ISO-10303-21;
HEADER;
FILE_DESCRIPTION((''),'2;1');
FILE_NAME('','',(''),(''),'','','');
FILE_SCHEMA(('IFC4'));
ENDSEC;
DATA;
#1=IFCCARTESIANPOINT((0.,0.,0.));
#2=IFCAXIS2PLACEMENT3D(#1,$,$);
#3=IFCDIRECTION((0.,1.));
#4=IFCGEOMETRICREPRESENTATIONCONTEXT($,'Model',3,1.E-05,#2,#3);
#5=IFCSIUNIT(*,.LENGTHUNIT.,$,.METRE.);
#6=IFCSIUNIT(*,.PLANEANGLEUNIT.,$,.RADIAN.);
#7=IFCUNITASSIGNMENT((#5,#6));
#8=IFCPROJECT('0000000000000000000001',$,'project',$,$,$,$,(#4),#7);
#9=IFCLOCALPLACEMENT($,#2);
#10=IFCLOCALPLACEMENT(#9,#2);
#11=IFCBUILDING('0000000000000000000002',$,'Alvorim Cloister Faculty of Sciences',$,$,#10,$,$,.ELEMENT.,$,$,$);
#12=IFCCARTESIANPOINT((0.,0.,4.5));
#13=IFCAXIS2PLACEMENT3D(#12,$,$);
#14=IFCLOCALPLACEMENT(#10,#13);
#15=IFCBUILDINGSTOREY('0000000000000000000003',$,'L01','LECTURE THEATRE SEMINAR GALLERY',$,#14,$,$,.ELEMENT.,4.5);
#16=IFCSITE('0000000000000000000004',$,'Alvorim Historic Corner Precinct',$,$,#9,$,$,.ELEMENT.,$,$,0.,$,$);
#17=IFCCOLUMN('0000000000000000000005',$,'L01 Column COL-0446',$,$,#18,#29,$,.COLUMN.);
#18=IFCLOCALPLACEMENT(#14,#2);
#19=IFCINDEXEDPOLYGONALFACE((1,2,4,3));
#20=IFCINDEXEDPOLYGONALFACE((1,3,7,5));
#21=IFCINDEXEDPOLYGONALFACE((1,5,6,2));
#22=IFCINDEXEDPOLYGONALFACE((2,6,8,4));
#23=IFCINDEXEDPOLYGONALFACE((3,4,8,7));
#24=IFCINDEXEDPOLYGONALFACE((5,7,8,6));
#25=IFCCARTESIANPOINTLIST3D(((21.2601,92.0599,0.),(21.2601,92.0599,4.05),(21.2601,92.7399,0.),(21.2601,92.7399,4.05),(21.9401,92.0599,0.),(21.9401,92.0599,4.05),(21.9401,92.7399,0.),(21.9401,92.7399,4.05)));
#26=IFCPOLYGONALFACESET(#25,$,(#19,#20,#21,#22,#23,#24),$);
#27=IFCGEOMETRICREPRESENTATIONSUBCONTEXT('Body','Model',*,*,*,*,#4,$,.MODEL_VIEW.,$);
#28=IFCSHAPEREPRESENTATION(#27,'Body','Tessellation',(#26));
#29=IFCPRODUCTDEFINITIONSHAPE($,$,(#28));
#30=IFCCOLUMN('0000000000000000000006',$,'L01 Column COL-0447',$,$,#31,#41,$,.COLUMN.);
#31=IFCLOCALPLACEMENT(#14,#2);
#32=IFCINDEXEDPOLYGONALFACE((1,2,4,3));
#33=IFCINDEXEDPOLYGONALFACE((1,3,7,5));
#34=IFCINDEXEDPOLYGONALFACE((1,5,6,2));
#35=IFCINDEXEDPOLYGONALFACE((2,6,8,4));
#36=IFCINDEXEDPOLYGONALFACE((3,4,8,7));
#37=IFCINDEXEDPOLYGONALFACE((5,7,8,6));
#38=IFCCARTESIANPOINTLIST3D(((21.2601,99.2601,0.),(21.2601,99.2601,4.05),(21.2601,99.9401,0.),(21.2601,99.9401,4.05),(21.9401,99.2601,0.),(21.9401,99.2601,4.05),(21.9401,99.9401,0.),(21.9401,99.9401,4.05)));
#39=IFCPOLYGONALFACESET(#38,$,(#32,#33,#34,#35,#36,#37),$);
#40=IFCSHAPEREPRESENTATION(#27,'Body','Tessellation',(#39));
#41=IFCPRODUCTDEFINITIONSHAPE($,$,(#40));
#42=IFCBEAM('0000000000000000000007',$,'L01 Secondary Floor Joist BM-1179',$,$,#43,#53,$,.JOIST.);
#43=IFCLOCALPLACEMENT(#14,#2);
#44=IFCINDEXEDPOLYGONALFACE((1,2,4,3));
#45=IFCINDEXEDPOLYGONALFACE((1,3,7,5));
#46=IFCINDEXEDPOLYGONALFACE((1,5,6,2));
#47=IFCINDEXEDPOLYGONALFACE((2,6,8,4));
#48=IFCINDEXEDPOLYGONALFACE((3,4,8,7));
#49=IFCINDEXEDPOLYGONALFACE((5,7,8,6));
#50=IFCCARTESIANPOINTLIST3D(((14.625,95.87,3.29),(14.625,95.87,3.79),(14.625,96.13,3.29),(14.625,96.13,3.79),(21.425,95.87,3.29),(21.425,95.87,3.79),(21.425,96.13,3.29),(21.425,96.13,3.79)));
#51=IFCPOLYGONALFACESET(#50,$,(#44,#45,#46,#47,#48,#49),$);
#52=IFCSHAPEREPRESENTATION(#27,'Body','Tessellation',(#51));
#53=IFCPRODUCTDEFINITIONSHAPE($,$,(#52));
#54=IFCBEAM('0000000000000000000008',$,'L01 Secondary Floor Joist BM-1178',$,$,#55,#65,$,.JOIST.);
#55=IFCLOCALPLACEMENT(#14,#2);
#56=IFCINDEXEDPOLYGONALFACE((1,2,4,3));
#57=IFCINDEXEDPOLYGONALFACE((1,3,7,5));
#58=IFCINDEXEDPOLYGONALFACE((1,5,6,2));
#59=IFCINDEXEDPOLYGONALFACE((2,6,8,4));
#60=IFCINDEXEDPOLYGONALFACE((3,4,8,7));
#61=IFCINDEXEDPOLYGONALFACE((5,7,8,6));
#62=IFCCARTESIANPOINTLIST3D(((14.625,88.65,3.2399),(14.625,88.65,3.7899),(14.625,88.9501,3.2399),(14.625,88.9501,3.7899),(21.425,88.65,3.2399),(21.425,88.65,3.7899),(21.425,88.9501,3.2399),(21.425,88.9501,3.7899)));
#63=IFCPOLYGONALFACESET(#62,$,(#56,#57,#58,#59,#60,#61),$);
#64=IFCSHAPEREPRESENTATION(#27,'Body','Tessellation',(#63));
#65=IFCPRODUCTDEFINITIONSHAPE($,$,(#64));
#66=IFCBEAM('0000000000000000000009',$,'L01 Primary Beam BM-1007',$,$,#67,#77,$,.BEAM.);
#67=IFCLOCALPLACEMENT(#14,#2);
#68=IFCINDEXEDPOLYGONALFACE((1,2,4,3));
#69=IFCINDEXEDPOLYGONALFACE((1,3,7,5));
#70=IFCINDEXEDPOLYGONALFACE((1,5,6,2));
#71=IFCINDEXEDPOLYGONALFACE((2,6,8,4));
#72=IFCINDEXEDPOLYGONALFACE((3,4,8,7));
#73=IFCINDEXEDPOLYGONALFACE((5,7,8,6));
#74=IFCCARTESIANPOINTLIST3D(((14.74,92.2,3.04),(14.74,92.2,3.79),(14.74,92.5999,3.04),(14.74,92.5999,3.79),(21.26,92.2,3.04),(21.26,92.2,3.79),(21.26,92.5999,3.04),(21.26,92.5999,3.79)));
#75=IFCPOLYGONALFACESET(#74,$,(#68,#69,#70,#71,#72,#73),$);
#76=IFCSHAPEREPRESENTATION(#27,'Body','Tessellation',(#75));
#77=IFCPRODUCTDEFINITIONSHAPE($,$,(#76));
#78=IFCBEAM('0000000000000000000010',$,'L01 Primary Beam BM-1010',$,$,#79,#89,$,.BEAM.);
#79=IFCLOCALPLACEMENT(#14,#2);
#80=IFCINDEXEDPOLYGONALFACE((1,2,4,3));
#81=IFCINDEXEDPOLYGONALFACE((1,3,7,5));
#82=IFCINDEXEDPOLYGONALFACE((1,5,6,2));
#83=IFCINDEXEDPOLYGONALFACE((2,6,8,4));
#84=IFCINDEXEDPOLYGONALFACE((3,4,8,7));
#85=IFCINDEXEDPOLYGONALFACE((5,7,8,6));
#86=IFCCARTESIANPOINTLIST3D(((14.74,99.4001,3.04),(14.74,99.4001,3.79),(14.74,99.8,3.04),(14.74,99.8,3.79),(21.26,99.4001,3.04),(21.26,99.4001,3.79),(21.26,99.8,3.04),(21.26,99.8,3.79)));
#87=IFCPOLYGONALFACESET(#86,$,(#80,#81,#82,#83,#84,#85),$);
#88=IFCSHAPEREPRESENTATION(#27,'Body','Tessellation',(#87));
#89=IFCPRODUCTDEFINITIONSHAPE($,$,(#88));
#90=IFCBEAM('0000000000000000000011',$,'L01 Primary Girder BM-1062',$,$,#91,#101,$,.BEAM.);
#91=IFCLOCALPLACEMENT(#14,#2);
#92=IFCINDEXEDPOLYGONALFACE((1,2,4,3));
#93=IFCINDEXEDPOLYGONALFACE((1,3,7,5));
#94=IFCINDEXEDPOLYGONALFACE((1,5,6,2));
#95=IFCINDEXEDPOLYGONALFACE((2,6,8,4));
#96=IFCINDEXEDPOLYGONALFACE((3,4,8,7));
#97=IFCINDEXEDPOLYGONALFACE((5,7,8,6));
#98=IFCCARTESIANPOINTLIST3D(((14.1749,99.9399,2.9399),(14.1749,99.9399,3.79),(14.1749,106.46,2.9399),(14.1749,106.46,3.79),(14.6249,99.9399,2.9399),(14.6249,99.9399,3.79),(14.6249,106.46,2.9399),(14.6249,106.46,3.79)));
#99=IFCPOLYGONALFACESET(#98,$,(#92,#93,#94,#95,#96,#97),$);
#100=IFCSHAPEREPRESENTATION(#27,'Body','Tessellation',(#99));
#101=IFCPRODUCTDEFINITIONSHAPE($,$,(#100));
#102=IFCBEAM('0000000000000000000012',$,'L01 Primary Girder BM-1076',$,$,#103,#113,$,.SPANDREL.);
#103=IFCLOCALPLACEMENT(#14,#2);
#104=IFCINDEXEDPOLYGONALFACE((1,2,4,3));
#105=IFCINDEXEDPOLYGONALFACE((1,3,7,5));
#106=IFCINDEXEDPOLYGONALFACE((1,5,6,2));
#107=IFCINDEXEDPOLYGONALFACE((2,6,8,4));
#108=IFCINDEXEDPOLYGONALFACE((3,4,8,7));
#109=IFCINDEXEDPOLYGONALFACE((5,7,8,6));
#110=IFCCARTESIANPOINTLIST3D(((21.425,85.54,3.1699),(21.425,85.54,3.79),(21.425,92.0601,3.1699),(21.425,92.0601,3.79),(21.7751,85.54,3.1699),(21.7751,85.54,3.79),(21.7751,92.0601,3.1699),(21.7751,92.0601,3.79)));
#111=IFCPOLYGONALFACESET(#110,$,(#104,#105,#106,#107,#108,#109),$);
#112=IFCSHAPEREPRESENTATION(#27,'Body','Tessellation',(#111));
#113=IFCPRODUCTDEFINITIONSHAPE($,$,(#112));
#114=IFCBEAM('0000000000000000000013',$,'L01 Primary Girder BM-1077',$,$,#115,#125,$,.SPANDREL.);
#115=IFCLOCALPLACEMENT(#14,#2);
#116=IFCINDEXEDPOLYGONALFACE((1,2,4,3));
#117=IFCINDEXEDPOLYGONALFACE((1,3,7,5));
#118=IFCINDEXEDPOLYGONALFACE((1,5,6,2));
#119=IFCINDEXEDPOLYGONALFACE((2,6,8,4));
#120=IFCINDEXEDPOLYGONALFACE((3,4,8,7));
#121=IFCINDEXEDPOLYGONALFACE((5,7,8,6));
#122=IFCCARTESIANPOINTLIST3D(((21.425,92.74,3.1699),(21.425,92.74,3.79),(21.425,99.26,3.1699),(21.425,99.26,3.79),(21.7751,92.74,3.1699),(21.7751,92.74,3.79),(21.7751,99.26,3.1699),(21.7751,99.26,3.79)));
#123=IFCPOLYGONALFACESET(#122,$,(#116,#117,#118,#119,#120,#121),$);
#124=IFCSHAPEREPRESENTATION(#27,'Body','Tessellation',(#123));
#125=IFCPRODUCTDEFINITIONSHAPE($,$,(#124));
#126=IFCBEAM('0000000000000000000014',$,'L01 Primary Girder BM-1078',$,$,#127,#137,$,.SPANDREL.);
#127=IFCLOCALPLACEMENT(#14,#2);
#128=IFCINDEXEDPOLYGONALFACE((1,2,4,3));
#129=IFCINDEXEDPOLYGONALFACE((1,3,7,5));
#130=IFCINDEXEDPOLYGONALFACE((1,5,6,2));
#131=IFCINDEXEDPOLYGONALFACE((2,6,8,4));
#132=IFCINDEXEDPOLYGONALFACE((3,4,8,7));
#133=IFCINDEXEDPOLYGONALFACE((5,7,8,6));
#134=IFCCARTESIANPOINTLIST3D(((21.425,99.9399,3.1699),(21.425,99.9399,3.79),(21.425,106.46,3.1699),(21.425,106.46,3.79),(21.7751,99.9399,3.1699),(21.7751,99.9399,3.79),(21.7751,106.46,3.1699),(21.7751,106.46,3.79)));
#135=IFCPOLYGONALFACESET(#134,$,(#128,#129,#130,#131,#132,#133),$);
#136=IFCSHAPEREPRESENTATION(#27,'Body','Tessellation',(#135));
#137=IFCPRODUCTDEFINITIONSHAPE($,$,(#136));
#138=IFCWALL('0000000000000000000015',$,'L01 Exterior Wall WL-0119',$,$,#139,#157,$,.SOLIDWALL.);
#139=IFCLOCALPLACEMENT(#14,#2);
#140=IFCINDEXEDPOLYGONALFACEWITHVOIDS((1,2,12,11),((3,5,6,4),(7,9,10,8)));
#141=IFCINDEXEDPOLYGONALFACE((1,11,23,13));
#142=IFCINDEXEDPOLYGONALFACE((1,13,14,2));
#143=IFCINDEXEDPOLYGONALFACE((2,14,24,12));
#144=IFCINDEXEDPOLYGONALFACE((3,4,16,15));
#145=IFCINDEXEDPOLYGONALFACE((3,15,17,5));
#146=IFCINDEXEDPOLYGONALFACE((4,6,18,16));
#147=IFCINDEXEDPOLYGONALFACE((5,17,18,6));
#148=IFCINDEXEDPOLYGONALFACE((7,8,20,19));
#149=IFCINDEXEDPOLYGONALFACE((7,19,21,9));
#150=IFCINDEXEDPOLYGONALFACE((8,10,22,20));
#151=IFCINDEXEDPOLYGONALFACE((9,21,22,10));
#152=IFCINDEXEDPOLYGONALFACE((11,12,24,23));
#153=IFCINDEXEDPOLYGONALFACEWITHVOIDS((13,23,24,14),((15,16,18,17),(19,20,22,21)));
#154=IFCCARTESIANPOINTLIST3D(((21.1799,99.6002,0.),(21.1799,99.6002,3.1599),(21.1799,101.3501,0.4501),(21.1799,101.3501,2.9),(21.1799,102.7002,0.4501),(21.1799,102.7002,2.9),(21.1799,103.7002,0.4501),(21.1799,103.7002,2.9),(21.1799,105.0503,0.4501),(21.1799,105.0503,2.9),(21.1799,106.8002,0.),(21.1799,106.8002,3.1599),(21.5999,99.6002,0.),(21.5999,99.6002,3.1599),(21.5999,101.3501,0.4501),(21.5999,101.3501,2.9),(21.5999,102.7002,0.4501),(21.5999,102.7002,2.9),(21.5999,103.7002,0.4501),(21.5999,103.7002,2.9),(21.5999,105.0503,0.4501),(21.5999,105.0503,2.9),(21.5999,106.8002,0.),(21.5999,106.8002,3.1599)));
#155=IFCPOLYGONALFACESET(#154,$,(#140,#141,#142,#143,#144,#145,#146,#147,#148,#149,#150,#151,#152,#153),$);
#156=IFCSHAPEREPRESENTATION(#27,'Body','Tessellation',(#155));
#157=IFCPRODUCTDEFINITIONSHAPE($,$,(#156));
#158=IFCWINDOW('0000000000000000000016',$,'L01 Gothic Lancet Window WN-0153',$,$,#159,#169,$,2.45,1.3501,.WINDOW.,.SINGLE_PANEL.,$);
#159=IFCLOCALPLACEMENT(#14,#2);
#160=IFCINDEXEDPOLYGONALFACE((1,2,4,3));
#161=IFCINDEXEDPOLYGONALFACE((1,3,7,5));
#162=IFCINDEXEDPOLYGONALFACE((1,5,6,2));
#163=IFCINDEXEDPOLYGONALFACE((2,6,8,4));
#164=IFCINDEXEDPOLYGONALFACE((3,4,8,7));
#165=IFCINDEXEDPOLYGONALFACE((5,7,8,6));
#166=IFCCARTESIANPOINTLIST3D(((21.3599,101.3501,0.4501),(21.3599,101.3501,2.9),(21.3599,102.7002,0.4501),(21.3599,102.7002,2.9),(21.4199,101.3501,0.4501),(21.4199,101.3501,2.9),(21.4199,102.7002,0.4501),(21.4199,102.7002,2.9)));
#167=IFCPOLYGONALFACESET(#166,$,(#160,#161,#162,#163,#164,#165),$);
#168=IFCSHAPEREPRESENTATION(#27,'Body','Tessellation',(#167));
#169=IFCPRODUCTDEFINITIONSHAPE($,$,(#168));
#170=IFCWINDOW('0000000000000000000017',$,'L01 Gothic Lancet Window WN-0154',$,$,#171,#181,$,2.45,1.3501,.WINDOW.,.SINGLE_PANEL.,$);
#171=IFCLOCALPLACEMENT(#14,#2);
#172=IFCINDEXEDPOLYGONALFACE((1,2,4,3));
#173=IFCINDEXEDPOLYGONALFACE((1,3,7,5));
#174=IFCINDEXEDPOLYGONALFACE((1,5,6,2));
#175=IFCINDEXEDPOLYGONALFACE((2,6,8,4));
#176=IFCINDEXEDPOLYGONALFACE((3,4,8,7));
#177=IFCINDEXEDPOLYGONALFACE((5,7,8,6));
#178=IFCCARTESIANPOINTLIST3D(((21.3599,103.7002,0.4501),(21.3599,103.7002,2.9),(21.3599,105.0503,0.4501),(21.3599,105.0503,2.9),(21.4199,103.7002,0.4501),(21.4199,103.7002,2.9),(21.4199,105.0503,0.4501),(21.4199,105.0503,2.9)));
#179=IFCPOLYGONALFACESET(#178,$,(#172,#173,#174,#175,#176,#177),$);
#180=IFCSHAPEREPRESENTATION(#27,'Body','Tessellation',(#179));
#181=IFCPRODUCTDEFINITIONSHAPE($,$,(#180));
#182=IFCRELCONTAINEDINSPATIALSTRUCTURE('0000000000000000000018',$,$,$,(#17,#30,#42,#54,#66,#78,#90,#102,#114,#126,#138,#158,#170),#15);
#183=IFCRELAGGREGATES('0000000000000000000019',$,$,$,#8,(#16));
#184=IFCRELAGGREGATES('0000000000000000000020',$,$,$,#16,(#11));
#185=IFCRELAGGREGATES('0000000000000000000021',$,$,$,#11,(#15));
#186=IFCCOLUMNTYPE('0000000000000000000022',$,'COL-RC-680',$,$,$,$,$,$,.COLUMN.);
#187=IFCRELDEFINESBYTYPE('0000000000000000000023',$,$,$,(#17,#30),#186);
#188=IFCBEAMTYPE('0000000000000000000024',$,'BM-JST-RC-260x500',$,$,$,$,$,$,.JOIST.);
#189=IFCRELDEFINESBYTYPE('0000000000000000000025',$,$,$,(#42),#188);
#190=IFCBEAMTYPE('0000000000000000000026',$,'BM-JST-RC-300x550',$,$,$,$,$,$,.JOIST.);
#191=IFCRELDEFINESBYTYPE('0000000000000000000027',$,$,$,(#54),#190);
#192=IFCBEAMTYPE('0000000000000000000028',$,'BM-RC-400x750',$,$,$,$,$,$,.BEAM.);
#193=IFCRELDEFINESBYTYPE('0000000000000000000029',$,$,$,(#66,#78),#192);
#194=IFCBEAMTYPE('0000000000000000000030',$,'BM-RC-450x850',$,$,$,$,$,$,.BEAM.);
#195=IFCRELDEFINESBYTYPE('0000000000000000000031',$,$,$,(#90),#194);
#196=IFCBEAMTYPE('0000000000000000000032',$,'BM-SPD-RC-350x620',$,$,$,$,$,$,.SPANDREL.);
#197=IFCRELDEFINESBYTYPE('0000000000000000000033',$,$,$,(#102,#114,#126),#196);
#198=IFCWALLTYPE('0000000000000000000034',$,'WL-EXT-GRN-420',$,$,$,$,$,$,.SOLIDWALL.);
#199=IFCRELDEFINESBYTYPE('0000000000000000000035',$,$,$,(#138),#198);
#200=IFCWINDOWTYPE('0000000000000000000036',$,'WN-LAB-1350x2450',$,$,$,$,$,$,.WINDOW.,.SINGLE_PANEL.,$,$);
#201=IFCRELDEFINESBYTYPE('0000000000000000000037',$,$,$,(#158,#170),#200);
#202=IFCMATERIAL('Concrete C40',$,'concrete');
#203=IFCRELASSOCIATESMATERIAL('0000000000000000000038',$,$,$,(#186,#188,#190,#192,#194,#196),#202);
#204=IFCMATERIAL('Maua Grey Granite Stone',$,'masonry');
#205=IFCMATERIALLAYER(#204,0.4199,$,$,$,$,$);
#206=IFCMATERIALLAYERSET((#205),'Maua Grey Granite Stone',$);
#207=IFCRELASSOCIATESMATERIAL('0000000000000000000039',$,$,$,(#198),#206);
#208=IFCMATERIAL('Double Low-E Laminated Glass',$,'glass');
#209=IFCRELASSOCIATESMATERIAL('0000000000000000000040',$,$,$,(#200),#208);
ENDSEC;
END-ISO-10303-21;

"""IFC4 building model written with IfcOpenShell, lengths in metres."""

from ifc_helpers import new_model, si_unit, direction, frame, frame_2d, origin, origin_2d, place, context, subcontext, project, spatial, rectangle, extrude, material, layer, layer_set, material_profile, profile_set, type_object, element, fill, save


model = new_model("IFC4")

# Units and contexts
model_context = context("Model", 3, precision=1e-05, world=origin(), true_north=direction((0.0, 1.0)))
body_context = subcontext(model_context, "Body", "Model", "MODEL_VIEW")
ifc_project = project(units=[si_unit("LENGTHUNIT", "METRE"), si_unit("PLANEANGLEUNIT", "RADIAN")], contexts=[model_context])

# Site, building, storey
site_placement = place(None, origin())
site = spatial("IfcSite", under=ifc_project, at=site_placement, Name="Alvorim Historic Corner Precinct", CompositionType="ELEMENT", RefElevation=0.0)
building_placement = place(site_placement, origin())
building = spatial("IfcBuilding", under=site, at=building_placement, Name="Alvorim Cloister Faculty of Sciences", CompositionType="ELEMENT")
storey_placement = place(building_placement, frame((0.0, 0.0, 4.5)))
storey = spatial("IfcBuildingStorey", under=building, at=storey_placement, Name="L01", Description="LECTURE THEATRE SEMINAR GALLERY", CompositionType="ELEMENT", Elevation=4.5)

# Columns
ifc_material_1 = material(Name="Concrete C40", Category="concrete")
ifc_material_profile_1 = material_profile(ifc_material_1, rectangle(XDim=0.6799, YDim=0.6799, at=origin_2d()), Name="RC40-COL-680x680")
ifc_profile_set_1 = profile_set([ifc_material_profile_1], Name="Concrete C40")
column_type = type_object("IfcColumnType", Name="COL-RC-680", PredefinedType="COLUMN", material=ifc_profile_set_1)
for number, where, z_axis, x_axis, name in (
    (1, (21.6001, 92.3999, 0.0), (0.0, 0.0, 1.0), (1.0, 0.0, 0.0), "L01 Column COL-0446"),
    (2, (21.6001, 99.6001, 0.0), (0.0, 0.0, 1.0), (1.0, 0.0, 0.0), "L01 Column COL-0447"),
):
    element("IfcColumn", number, at=place(storey_placement, frame(where, z_axis=z_axis, x_axis=x_axis)), inside=storey, type_object=column_type, Name=name, PredefinedType="COLUMN", context=body_context, shape_type="SweptSolid", body=[
        extrude(rectangle(XDim=0.6799, YDim=0.6799, at=origin_2d()), origin(), (0.0, 0.0, 1.0), 4.05),
    ])

# Beams
ifc_material_profile_2 = material_profile(ifc_material_1, rectangle(XDim=0.26, YDim=0.5, at=origin_2d()), Name="RC40-JST-260x500")
ifc_profile_set_2 = profile_set([ifc_material_profile_2], Name="Concrete C40")
beam_type_1 = type_object("IfcBeamType", Name="BM-JST-RC-260x500", PredefinedType="JOIST", material=ifc_profile_set_2)
beam_1_placement = place(storey_placement, frame((14.625, 96.0, 3.54), z_axis=(1.0, 0.0, 0.0), x_axis=(0.0, 1.0, 0.0)))
element("IfcBeam", 3, at=beam_1_placement, inside=storey, type_object=beam_type_1, Name="L01 Secondary Floor Joist BM-1179", PredefinedType="JOIST", context=body_context, shape_type="SweptSolid", body=[
    extrude(rectangle(XDim=0.26, YDim=0.5, at=origin_2d()), origin(), (0.0, 0.0, 1.0), 6.8),
])
ifc_material_profile_3 = material_profile(ifc_material_1, rectangle(XDim=0.3, YDim=0.55, at=origin_2d()), Name="RC40-JST-300x550")
ifc_profile_set_3 = profile_set([ifc_material_profile_3], Name="Concrete C40")
beam_type_2 = type_object("IfcBeamType", Name="BM-JST-RC-300x550", PredefinedType="JOIST", material=ifc_profile_set_3)
beam_2_placement = place(storey_placement, frame((14.625, 88.8, 3.5149), z_axis=(1.0, 0.0, 0.0), x_axis=(0.0, 1.0, 0.0)))
element("IfcBeam", 4, at=beam_2_placement, inside=storey, type_object=beam_type_2, Name="L01 Secondary Floor Joist BM-1178", PredefinedType="JOIST", context=body_context, shape_type="SweptSolid", body=[
    extrude(rectangle(XDim=0.3, YDim=0.55, at=origin_2d()), origin(), (0.0, 0.0, 1.0), 6.8),
])
ifc_material_profile_4 = material_profile(ifc_material_1, rectangle(XDim=0.3999, YDim=0.75, at=origin_2d()), Name="RC40-BM-400x750")
ifc_profile_set_4 = profile_set([ifc_material_profile_4], Name="Concrete C40")
beam_type_3 = type_object("IfcBeamType", Name="BM-RC-400x750", PredefinedType="BEAM", material=ifc_profile_set_4)
for number, where, z_axis, x_axis, name in (
    (5, (14.74, 92.3999, 3.415), (1.0, 0.0, 0.0), (0.0, 1.0, 0.0), "L01 Primary Beam BM-1007"),
    (6, (14.74, 99.6001, 3.415), (1.0, 0.0, 0.0), (0.0, 1.0, 0.0), "L01 Primary Beam BM-1010"),
):
    element("IfcBeam", number, at=place(storey_placement, frame(where, z_axis=z_axis, x_axis=x_axis)), inside=storey, type_object=beam_type_3, Name=name, PredefinedType="BEAM", context=body_context, shape_type="SweptSolid", body=[
        extrude(rectangle(XDim=0.3999, YDim=0.75, at=origin_2d()), origin(), (0.0, 0.0, 1.0), 6.52),
    ])
ifc_material_profile_5 = material_profile(ifc_material_1, rectangle(XDim=0.45, YDim=0.8501, at=origin_2d()), Name="RC40-BM-450x850")
ifc_profile_set_5 = profile_set([ifc_material_profile_5], Name="Concrete C40")
beam_type_4 = type_object("IfcBeamType", Name="BM-RC-450x850", PredefinedType="BEAM", material=ifc_profile_set_5)
beam_3_placement = place(storey_placement, frame((14.3999, 99.9399, 3.365), z_axis=(0.0, 1.0, 0.0), x_axis=(-1.0, 0.0, 0.0)))
element("IfcBeam", 7, at=beam_3_placement, inside=storey, type_object=beam_type_4, Name="L01 Primary Girder BM-1062", PredefinedType="BEAM", context=body_context, shape_type="SweptSolid", body=[
    extrude(rectangle(XDim=0.45, YDim=0.8501, at=origin_2d()), origin(), (0.0, 0.0, 1.0), 6.52),
])
ifc_material_profile_6 = material_profile(ifc_material_1, rectangle(XDim=0.3501, YDim=0.6201, at=origin_2d()), Name="RC40-SPD-350x620")
ifc_profile_set_6 = profile_set([ifc_material_profile_6], Name="Concrete C40")
beam_type_5 = type_object("IfcBeamType", Name="BM-SPD-RC-350x620", PredefinedType="SPANDREL", material=ifc_profile_set_6)
for number, where, z_axis, x_axis, name in (
    (8, (21.6001, 85.54, 3.48), (0.0, 1.0, 0.0), (-1.0, 0.0, 0.0), "L01 Primary Girder BM-1076"),
    (9, (21.6001, 92.74, 3.48), (0.0, 1.0, 0.0), (-1.0, 0.0, 0.0), "L01 Primary Girder BM-1077"),
    (10, (21.6001, 99.9399, 3.48), (0.0, 1.0, 0.0), (-1.0, 0.0, 0.0), "L01 Primary Girder BM-1078"),
):
    element("IfcBeam", number, at=place(storey_placement, frame(where, z_axis=z_axis, x_axis=x_axis)), inside=storey, type_object=beam_type_5, Name=name, PredefinedType="SPANDREL", context=body_context, shape_type="SweptSolid", body=[
        extrude(rectangle(XDim=0.3501, YDim=0.6201, at=origin_2d()), origin(), (0.0, 0.0, 1.0), 6.52),
    ])

# Wall, openings, windows
ifc_material_2 = material(Name="Maua Grey Granite Stone", Category="masonry")
ifc_layer_1 = layer(ifc_material_2, 0.4199)
ifc_layer_set_1 = layer_set([ifc_layer_1], Name="Maua Grey Granite Stone")
wall_type_1 = type_object("IfcWallType", Name="WL-EXT-GRN-420", PredefinedType="SOLIDWALL", material=ifc_layer_set_1)
wall_1_placement = place(storey_placement, frame((21.3899, 99.6001, 0.0), z_axis=(0.0, 0.0, 1.0), x_axis=(0.0, 1.0, 0.0)))
wall_1 = element("IfcWall", 11, at=wall_1_placement, inside=storey, type_object=wall_type_1, Name="L01 Exterior Wall WL-0119", PredefinedType="SOLIDWALL", context=body_context, shape_type="SweptSolid", body=[
    extrude(rectangle(XDim=7.2, YDim=0.4199, at=frame_2d((3.6001, 0.0))), origin(), (0.0, 0.0, 1.0), 3.1599),
])
opening_1_placement = place(wall_1_placement, frame((1.75, 0.0, 0.45)))
opening_1 = element("IfcOpeningElement", 12, at=opening_1_placement, cuts=wall_1, PredefinedType="OPENING", context=body_context, shape_type="SweptSolid", body=[
    extrude(rectangle(XDim=1.3501, YDim=2.45, at=frame_2d((0.675, 1.2251))), frame((0.0, 0.2219, 0.0), z_axis=(0.0, -1.0, 0.0), x_axis=(1.0, 0.0, 0.0)), (0.0, 0.0, 1.0), 0.4438),
])
opening_2_placement = place(wall_1_placement, frame((4.1001, 0.0, 0.45)))
opening_2 = element("IfcOpeningElement", 13, at=opening_2_placement, cuts=wall_1, PredefinedType="OPENING", context=body_context, shape_type="SweptSolid", body=[
    extrude(rectangle(XDim=1.3501, YDim=2.45, at=frame_2d((0.675, 1.2251))), frame((0.0, 0.2219, 0.0), z_axis=(0.0, -1.0, 0.0), x_axis=(1.0, 0.0, 0.0)), (0.0, 0.0, 1.0), 0.4438),
])
ifc_material_3 = material(Name="Double Low-E Laminated Glass", Category="glass")
window_type_1 = type_object("IfcWindowType", Name="WN-LAB-1350x2450", PartitioningType="SINGLE_PANEL", PredefinedType="WINDOW", material=ifc_material_3)
window_1_placement = place(opening_1_placement, origin())
window_1 = element("IfcWindow", 14, at=window_1_placement, inside=storey, type_object=window_type_1, Name="L01 Gothic Lancet Window WN-0153", OverallHeight=2.45, OverallWidth=1.3501, PartitioningType="SINGLE_PANEL", PredefinedType="WINDOW", context=body_context, shape_type="SweptSolid", body=[
    extrude(rectangle(XDim=1.3501, YDim=2.45, at=frame_2d((0.675, 1.2251))), frame((0.0, 0.03, 0.0), z_axis=(0.0, -1.0, 0.0), x_axis=(1.0, 0.0, 0.0)), (0.0, 0.0, 1.0), 0.0601),
])
fill(opening_1, window_1)
window_2_placement = place(opening_2_placement, origin())
window_2 = element("IfcWindow", 15, at=window_2_placement, inside=storey, type_object=window_type_1, Name="L01 Gothic Lancet Window WN-0154", OverallHeight=2.45, OverallWidth=1.3501, PartitioningType="SINGLE_PANEL", PredefinedType="WINDOW", context=body_context, shape_type="SweptSolid", body=[
    extrude(rectangle(XDim=1.3501, YDim=2.45, at=frame_2d((0.675, 1.2251))), frame((0.0, 0.03, 0.0), z_axis=(0.0, -1.0, 0.0), x_axis=(1.0, 0.0, 0.0)), (0.0, 0.0, 1.0), 0.0601),
])
fill(opening_2, window_2)

save(model, "model.ifc")
